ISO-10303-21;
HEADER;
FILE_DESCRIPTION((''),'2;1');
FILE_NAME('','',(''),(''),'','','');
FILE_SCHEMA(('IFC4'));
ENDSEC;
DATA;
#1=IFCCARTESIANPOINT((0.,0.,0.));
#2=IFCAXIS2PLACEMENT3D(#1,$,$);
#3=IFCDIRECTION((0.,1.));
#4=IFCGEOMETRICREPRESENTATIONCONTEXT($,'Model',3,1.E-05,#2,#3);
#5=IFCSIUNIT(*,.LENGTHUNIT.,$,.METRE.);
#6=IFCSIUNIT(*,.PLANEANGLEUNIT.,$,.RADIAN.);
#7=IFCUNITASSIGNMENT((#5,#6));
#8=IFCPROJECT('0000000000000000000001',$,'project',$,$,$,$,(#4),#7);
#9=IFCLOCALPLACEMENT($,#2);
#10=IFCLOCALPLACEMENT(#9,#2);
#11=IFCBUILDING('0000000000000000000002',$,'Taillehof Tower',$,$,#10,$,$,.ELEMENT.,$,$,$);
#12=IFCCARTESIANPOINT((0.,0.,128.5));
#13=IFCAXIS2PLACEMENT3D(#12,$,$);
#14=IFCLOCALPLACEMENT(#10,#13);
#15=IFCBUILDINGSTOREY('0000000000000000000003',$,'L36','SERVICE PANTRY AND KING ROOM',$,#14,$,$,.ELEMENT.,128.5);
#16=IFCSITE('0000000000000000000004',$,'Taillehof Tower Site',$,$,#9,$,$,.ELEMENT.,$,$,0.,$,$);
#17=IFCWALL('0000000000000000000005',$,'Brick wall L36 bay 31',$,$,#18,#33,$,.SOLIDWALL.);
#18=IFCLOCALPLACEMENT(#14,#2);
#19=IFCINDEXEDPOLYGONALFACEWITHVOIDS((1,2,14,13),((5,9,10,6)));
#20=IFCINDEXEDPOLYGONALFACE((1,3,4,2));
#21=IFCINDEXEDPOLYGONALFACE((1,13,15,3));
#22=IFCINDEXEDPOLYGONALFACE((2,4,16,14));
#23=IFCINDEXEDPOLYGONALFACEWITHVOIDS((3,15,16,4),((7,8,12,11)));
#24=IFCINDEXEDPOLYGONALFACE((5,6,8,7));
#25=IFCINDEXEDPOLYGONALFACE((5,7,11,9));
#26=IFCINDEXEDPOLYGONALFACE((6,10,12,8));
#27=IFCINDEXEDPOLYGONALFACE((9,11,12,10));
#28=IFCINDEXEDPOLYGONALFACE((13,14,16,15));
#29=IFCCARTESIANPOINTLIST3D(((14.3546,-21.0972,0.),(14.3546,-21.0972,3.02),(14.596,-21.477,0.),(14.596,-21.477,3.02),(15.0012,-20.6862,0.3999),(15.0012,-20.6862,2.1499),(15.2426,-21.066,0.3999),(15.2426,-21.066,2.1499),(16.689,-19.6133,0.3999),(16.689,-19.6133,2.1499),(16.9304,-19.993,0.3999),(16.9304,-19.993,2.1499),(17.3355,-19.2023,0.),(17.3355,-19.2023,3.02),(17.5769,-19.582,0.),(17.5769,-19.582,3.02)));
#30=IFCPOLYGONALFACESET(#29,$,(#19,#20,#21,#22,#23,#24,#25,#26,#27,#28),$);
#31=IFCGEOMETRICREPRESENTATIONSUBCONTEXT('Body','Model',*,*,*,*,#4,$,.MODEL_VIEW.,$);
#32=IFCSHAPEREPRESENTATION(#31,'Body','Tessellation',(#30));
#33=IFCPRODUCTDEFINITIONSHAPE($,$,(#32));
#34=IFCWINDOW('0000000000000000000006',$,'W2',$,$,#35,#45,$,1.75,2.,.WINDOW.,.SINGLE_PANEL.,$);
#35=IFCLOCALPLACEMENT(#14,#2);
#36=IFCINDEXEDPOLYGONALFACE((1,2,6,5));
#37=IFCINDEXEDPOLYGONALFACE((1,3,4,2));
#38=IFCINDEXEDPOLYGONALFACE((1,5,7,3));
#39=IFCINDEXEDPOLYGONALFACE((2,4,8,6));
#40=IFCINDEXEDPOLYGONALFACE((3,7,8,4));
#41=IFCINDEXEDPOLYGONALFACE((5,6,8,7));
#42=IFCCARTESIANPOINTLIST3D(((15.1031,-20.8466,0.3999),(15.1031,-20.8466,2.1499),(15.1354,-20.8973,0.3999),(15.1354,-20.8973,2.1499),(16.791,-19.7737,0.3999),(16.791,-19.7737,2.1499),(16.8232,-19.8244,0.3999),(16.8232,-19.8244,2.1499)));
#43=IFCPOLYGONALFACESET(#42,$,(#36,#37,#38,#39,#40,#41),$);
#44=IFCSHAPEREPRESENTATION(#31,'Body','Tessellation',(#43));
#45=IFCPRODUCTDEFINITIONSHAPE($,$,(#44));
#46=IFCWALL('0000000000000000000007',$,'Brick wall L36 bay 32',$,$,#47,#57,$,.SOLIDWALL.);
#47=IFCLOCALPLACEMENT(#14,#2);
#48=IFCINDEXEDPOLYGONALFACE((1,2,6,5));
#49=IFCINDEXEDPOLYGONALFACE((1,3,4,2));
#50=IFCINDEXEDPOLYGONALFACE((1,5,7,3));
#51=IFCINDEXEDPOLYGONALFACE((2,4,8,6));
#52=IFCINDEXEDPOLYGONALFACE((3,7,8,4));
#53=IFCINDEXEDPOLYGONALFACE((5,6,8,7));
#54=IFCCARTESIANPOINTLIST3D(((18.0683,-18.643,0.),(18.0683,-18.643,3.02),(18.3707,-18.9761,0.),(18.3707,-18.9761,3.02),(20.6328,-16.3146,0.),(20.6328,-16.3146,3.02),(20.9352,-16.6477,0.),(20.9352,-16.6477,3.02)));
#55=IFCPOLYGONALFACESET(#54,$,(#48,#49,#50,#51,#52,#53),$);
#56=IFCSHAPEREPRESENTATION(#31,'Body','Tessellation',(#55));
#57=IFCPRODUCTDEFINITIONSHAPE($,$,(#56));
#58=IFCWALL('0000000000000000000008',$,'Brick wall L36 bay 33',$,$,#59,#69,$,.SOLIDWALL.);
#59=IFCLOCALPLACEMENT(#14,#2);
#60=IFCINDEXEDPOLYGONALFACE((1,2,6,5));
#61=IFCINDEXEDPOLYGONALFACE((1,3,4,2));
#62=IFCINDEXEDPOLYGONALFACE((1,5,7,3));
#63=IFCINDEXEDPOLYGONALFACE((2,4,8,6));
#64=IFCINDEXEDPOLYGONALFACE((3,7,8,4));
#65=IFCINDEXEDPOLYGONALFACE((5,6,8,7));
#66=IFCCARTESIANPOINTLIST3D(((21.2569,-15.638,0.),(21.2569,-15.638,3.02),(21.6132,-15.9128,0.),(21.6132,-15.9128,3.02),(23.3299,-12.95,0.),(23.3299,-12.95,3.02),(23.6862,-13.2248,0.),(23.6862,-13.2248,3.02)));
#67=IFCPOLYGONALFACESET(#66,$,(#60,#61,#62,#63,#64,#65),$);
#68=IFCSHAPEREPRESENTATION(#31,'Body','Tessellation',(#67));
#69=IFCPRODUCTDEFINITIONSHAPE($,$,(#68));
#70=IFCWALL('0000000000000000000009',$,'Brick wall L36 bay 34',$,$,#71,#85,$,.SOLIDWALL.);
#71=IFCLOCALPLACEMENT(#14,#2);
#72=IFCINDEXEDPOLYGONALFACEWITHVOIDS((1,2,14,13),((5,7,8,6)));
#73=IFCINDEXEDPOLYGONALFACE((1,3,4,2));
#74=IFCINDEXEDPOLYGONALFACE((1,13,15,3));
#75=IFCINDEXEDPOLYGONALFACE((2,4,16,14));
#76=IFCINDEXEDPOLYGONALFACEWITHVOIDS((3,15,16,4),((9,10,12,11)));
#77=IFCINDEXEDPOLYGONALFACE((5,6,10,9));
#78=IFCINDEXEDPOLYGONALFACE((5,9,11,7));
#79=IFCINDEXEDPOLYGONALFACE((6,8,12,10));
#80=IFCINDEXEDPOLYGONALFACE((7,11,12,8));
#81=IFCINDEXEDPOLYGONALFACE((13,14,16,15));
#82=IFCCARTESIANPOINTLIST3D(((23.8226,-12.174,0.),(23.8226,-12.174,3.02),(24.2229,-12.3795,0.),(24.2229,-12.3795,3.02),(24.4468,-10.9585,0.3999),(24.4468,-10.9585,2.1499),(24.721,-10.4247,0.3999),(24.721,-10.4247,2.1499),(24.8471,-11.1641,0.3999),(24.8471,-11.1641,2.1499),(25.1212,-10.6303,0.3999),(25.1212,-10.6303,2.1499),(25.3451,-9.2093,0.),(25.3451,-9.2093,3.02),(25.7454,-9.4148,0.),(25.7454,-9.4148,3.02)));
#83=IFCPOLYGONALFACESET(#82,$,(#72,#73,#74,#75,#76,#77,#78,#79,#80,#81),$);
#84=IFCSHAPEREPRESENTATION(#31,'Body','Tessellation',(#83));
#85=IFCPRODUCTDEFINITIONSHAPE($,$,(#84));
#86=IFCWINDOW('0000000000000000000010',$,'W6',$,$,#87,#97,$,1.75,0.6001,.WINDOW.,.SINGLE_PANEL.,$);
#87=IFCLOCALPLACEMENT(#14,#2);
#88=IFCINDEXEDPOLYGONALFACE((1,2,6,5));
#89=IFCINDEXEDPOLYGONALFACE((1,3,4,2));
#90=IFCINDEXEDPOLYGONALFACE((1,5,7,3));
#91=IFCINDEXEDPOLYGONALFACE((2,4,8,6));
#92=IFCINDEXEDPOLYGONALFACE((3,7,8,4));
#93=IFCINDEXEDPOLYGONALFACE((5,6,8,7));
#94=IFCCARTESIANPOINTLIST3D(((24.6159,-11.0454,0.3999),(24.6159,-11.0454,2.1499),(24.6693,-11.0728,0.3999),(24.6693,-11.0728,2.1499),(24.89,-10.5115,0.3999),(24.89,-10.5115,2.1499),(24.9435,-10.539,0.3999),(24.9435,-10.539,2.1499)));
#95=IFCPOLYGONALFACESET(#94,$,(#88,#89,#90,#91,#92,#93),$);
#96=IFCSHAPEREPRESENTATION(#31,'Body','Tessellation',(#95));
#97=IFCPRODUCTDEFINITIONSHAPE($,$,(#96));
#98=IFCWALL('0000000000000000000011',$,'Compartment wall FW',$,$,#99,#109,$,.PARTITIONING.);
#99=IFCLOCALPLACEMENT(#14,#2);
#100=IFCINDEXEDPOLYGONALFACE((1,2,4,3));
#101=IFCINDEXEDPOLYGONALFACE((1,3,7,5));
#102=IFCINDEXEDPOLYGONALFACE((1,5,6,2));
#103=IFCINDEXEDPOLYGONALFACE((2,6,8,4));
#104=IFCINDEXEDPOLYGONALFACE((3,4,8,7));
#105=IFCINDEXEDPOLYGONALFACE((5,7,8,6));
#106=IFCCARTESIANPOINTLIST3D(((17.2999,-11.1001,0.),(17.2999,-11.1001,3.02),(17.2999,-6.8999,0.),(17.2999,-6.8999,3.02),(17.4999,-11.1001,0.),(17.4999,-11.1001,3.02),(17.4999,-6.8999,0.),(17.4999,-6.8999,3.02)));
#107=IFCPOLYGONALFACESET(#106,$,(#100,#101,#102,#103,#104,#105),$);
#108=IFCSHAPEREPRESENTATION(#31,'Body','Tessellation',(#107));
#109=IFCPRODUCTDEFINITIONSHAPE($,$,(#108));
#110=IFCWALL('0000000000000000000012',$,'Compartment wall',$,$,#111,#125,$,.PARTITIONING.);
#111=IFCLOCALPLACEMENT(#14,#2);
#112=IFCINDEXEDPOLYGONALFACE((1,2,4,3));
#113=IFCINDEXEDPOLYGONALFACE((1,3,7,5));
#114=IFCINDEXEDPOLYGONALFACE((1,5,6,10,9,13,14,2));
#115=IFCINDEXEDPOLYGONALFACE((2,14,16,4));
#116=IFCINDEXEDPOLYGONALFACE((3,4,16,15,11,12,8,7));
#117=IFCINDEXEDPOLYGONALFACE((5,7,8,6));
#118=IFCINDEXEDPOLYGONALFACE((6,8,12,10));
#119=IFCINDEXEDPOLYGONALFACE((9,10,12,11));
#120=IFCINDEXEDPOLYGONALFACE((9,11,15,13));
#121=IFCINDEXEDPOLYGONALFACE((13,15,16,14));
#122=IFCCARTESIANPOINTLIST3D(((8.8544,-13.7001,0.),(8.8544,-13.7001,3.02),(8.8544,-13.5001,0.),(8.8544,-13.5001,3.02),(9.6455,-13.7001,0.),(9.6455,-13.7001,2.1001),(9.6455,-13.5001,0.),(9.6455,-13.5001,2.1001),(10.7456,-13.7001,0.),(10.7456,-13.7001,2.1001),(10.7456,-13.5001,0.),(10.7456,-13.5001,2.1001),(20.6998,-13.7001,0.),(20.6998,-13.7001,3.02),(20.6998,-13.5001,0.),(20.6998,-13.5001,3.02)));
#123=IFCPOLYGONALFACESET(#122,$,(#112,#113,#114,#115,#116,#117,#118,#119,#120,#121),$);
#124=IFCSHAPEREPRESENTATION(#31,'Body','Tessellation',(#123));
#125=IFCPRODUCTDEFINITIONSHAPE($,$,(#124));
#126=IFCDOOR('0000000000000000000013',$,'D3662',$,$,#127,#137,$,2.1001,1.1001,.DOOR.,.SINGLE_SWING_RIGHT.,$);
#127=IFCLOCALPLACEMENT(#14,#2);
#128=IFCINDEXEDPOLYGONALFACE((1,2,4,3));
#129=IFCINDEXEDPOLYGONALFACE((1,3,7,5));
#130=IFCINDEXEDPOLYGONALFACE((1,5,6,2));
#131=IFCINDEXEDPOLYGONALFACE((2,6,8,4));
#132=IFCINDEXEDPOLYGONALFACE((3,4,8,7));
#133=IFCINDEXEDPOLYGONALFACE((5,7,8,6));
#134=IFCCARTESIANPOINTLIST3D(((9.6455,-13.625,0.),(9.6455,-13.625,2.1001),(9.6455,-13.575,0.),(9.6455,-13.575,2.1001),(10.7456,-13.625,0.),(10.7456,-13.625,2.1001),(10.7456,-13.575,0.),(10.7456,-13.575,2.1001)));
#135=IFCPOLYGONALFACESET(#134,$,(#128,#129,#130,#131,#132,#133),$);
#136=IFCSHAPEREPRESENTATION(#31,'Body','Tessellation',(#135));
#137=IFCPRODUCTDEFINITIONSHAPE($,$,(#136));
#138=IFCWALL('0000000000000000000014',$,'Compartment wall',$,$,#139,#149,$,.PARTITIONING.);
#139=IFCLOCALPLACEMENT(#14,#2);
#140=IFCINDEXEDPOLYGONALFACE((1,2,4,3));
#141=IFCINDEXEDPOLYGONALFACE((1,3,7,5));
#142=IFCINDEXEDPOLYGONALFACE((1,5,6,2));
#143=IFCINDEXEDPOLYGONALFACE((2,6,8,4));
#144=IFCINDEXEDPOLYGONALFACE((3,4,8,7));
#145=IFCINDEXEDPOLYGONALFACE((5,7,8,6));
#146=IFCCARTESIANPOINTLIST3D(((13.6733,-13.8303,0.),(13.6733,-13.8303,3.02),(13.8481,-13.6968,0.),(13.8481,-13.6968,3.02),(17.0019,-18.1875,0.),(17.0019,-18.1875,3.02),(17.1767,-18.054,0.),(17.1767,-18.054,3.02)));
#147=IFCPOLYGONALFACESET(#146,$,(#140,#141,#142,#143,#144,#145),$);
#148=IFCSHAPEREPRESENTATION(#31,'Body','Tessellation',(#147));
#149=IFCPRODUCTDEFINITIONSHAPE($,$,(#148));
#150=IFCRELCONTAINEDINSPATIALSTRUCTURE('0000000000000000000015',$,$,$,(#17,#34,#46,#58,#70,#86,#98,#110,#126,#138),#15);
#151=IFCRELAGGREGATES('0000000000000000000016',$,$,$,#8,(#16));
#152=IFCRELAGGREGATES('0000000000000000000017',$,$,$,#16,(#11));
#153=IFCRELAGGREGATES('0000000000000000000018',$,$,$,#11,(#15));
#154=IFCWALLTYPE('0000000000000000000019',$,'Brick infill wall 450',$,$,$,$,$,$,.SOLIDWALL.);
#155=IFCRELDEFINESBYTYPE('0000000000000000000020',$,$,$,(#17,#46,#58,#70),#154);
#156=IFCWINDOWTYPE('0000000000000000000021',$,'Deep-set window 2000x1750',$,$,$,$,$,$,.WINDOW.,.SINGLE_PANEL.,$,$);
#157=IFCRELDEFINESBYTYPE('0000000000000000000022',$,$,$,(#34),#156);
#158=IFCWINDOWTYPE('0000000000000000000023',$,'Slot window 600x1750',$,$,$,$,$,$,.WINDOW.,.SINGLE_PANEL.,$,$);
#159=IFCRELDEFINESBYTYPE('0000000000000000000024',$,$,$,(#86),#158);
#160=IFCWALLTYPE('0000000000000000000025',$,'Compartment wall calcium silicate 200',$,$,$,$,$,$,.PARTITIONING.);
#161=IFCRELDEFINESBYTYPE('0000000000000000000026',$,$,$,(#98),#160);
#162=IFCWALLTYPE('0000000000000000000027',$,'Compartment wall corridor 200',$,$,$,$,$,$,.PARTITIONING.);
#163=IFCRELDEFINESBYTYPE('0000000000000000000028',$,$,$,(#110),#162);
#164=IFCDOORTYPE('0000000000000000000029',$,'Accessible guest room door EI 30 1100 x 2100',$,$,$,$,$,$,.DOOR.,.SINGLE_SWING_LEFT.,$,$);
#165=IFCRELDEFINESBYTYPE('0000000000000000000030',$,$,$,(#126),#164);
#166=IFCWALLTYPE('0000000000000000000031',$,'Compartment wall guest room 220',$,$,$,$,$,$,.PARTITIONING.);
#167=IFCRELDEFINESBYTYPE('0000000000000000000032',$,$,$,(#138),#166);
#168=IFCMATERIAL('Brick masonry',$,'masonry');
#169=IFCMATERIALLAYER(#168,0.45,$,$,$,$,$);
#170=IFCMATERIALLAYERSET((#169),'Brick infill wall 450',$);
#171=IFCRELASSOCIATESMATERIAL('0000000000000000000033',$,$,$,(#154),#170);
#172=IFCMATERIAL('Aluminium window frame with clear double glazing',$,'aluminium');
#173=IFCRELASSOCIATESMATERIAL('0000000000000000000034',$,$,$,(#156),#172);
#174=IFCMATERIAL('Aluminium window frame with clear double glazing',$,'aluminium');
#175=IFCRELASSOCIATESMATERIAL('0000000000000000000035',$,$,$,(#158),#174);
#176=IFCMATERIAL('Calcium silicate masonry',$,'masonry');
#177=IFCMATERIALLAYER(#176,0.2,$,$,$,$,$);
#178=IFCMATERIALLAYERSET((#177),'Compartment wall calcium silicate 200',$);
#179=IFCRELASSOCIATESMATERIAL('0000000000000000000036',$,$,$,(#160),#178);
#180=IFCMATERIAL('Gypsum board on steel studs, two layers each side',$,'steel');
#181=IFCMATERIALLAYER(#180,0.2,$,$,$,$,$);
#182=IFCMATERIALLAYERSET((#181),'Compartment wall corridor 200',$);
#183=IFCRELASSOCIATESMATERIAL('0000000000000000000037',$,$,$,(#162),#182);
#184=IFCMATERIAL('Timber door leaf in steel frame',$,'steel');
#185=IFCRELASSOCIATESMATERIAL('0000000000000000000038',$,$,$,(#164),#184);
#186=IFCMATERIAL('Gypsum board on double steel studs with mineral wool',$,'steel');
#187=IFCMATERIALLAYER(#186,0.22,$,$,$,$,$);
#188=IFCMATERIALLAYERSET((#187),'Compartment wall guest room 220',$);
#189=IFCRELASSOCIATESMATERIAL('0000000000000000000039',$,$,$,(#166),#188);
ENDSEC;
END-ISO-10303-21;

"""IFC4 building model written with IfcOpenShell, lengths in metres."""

from ifc_helpers import new_model, si_unit, direction, frame, frame_2d, origin, place, context, subcontext, project, spatial, rectangle, extrude, material, layer, layer_set, type_object, element, fill, save


model = new_model("IFC4")

# Units and contexts
model_context = context("Model", 3, precision=1e-05, world=origin(), true_north=direction((0.0, 1.0)))
body_context = subcontext(model_context, "Body", "Model", "MODEL_VIEW")
ifc_project = project(units=[si_unit("LENGTHUNIT", "METRE"), si_unit("PLANEANGLEUNIT", "RADIAN")], contexts=[model_context])

# Site, building, storey
site_placement = place(None, origin())
site = spatial("IfcSite", under=ifc_project, at=site_placement, Name="Taillehof Tower Site", CompositionType="ELEMENT", RefElevation=0.0)
building_placement = place(site_placement, origin())
building = spatial("IfcBuilding", under=site, at=building_placement, Name="Taillehof Tower", CompositionType="ELEMENT")
storey_placement = place(building_placement, frame((0.0, 0.0, 128.5)))
storey = spatial("IfcBuildingStorey", under=building, at=storey_placement, Name="L36", Description="SERVICE PANTRY AND KING ROOM", CompositionType="ELEMENT", Elevation=128.5)

# Wall, opening, window
ifc_material_1 = material(Name="Brick masonry", Category="masonry")
ifc_layer_1 = layer(ifc_material_1, 0.45)
ifc_layer_set_1 = layer_set([ifc_layer_1], Name="Brick infill wall 450")
wall_type_1 = type_object("IfcWallType", Name="Brick infill wall 450", PredefinedType="SOLIDWALL", material=ifc_layer_set_1)
ifc_material_2 = material(Name="Aluminium window frame with clear double glazing", Category="aluminium")
window_type_1 = type_object("IfcWindowType", Name="Deep-set window 2000x1750", PartitioningType="SINGLE_PANEL", PredefinedType="WINDOW", material=ifc_material_2)
wall_1_placement = place(storey_placement, frame((14.4753, -21.2871, 0.0), z_axis=(0.0, 0.0, 1.0), x_axis=(0.843912, 0.536482, 0.0)))
wall_1 = element("IfcWall", 1, at=wall_1_placement, inside=storey, type_object=wall_type_1, Name="Brick wall L36 bay 31", PredefinedType="SOLIDWALL", context=body_context, shape_type="SweptSolid", body=[
    extrude(rectangle(XDim=3.5322, YDim=0.45, at=frame_2d((1.7661, 0.0))), origin(), (0.0, 0.0, 1.0), 3.02),
])
opening_1_placement = place(wall_1_placement, frame((0.7661, 0.0, 0.3999)))
opening_1 = element("IfcOpeningElement", 2, at=opening_1_placement, cuts=wall_1, PredefinedType="OPENING", context=body_context, shape_type="SweptSolid", body=[
    extrude(rectangle(XDim=2.0, YDim=1.75, at=frame_2d((1.0, 0.875))), frame((0.0, 0.2349, 0.0), z_axis=(0.0, -1.0, 0.0), x_axis=(1.0, 0.0, 0.0)), (0.0, 0.0, 1.0), 0.47),
])
window_1_placement = place(opening_1_placement, origin())
window_1 = element("IfcWindow", 3, at=window_1_placement, inside=storey, type_object=window_type_1, Name="W2", OverallHeight=1.75, OverallWidth=2.0, PartitioningType="SINGLE_PANEL", PredefinedType="WINDOW", context=body_context, shape_type="SweptSolid", body=[
    extrude(rectangle(XDim=2.0, YDim=1.75, at=frame_2d((1.0, 0.875))), frame((0.0, 0.0349, 0.0), z_axis=(0.0, -1.0, 0.0), x_axis=(1.0, 0.0, 0.0)), (0.0, 0.0, 1.0), 0.0601),
])
fill(opening_1, window_1)

# Walls
wall_2_placement = place(storey_placement, frame((18.2195, -18.8096, 0.0), z_axis=(0.0, 0.0, 1.0), x_axis=(0.740364, 0.672206, 0.0)))
element("IfcWall", 4, at=wall_2_placement, inside=storey, type_object=wall_type_1, Name="Brick wall L36 bay 32", PredefinedType="SOLIDWALL", context=body_context, shape_type="SweptSolid", body=[
    extrude(rectangle(XDim=3.4639, YDim=0.45, at=frame_2d((1.7319, 0.0))), origin(), (0.0, 0.0, 1.0), 3.02),
])
wall_3_placement = place(storey_placement, frame((21.4351, -15.7754, 0.0), z_axis=(0.0, 0.0, 1.0), x_axis=(0.610694, 0.791867, 0.0)))
element("IfcWall", 5, at=wall_3_placement, inside=storey, type_object=wall_type_1, Name="Brick wall L36 bay 33", PredefinedType="SOLIDWALL", context=body_context, shape_type="SweptSolid", body=[
    extrude(rectangle(XDim=3.3945, YDim=0.45, at=frame_2d((1.6973, 0.0))), origin(), (0.0, 0.0, 1.0), 3.02),
])

# Wall, opening, window
wall_4_placement = place(storey_placement, frame((24.0227, -12.2769, 0.0), z_axis=(0.0, 0.0, 1.0), x_axis=(0.456828, 0.889555, 0.0)))
wall_4 = element("IfcWall", 6, at=wall_4_placement, inside=storey, type_object=wall_type_1, Name="Brick wall L36 bay 34", PredefinedType="SOLIDWALL", context=body_context, shape_type="SweptSolid", body=[
    extrude(rectangle(XDim=3.3328, YDim=0.45, at=frame_2d((1.6665, 0.0))), origin(), (0.0, 0.0, 1.0), 3.02),
])
opening_2_placement = place(wall_4_placement, frame((1.3665, 0.0, 0.3999)))
opening_2 = element("IfcOpeningElement", 7, at=opening_2_placement, cuts=wall_4, PredefinedType="OPENING", context=body_context, shape_type="SweptSolid", body=[
    extrude(rectangle(XDim=0.6001, YDim=1.75, at=frame_2d((0.3, 0.875))), frame((0.0, 0.2349, 0.0), z_axis=(0.0, -1.0, 0.0), x_axis=(1.0, 0.0, 0.0)), (0.0, 0.0, 1.0), 0.47),
])
ifc_material_3 = material(Name="Aluminium window frame with clear double glazing", Category="aluminium")
window_type_2 = type_object("IfcWindowType", Name="Slot window 600x1750", PartitioningType="SINGLE_PANEL", PredefinedType="WINDOW", material=ifc_material_3)
window_2_placement = place(opening_2_placement, origin())
window_2 = element("IfcWindow", 8, at=window_2_placement, inside=storey, type_object=window_type_2, Name="W6", OverallHeight=1.75, OverallWidth=0.6001, PartitioningType="SINGLE_PANEL", PredefinedType="WINDOW", context=body_context, shape_type="SweptSolid", body=[
    extrude(rectangle(XDim=0.6001, YDim=1.75, at=frame_2d((0.3, 0.875))), frame((0.0, 0.0349, 0.0), z_axis=(0.0, -1.0, 0.0), x_axis=(1.0, 0.0, 0.0)), (0.0, 0.0, 1.0), 0.0601),
])
fill(opening_2, window_2)

# Wall
ifc_material_4 = material(Name="Calcium silicate masonry", Category="masonry")
ifc_layer_2 = layer(ifc_material_4, 0.2)
ifc_layer_set_2 = layer_set([ifc_layer_2], Name="Compartment wall calcium silicate 200")
wall_type_2 = type_object("IfcWallType", Name="Compartment wall calcium silicate 200", PredefinedType="PARTITIONING", material=ifc_layer_set_2)
wall_5_placement = place(storey_placement, frame((17.3999, -11.1001, 0.0), z_axis=(0.0, 0.0, 1.0), x_axis=(0.0, 1.0, 0.0)))
element("IfcWall", 9, at=wall_5_placement, inside=storey, type_object=wall_type_2, Name="Compartment wall FW", PredefinedType="PARTITIONING", context=body_context, shape_type="SweptSolid", body=[
    extrude(rectangle(XDim=4.2002, YDim=0.2, at=frame_2d((2.1001, 0.0))), origin(), (0.0, 0.0, 1.0), 3.02),
])

# Wall, opening, door
ifc_material_5 = material(Name="Gypsum board on steel studs, two layers each side", Category="steel")
ifc_layer_3 = layer(ifc_material_5, 0.2)
ifc_layer_set_3 = layer_set([ifc_layer_3], Name="Compartment wall corridor 200")
wall_type_3 = type_object("IfcWallType", Name="Compartment wall corridor 200", PredefinedType="PARTITIONING", material=ifc_layer_set_3)
wall_6_placement = place(storey_placement, frame((20.7, -13.6001, 0.0), z_axis=(0.0, 0.0, 1.0), x_axis=(-1.0, 0.0, 0.0)))
wall_6 = element("IfcWall", 10, at=wall_6_placement, inside=storey, type_object=wall_type_3, Name="Compartment wall", PredefinedType="PARTITIONING", context=body_context, shape_type="SweptSolid", body=[
    extrude(rectangle(XDim=11.8455, YDim=0.2, at=frame_2d((5.9229, 0.0))), origin(), (0.0, 0.0, 1.0), 3.02),
])
opening_3_placement = place(wall_6_placement, frame((9.9543, 0.0, 0.0)))
opening_3 = element("IfcOpeningElement", 11, at=opening_3_placement, cuts=wall_6, PredefinedType="OPENING", context=body_context, shape_type="SweptSolid", body=[
    extrude(rectangle(XDim=1.1001, YDim=2.1001, at=frame_2d((0.55, 1.05))), frame((0.0, 0.1099, 0.0), z_axis=(0.0, -1.0, 0.0), x_axis=(1.0, 0.0, 0.0)), (0.0, 0.0, 1.0), 0.22),
])
ifc_material_6 = material(Name="Timber door leaf in steel frame", Category="steel")
door_type_1 = type_object("IfcDoorType", Name="Accessible guest room door EI 30 1100 x 2100", OperationType="SINGLE_SWING_LEFT", PredefinedType="DOOR", material=ifc_material_6)
door_1_placement = place(opening_3_placement, origin())
door_1 = element("IfcDoor", 12, at=door_1_placement, inside=storey, type_object=door_type_1, Name="D3662", OperationType="SINGLE_SWING_RIGHT", OverallHeight=2.1001, OverallWidth=1.1001, PredefinedType="DOOR", context=body_context, shape_type="SweptSolid", body=[
    extrude(rectangle(XDim=1.1001, YDim=2.1001, at=frame_2d((0.55, 1.05))), frame((0.0, 0.0249, 0.0), z_axis=(0.0, -1.0, 0.0), x_axis=(1.0, 0.0, 0.0)), (0.0, 0.0, 1.0), 0.05),
])
fill(opening_3, door_1)

# Wall
ifc_material_7 = material(Name="Gypsum board on double steel studs with mineral wool", Category="steel")
ifc_layer_4 = layer(ifc_material_7, 0.22)
ifc_layer_set_4 = layer_set([ifc_layer_4], Name="Compartment wall guest room 220")
wall_type_4 = type_object("IfcWallType", Name="Compartment wall guest room 220", PredefinedType="PARTITIONING", material=ifc_layer_set_4)
wall_7_placement = place(storey_placement, frame((17.0894, -18.1208, 0.0), z_axis=(0.0, 0.0, 1.0), x_axis=(-0.607065, 0.794652, 0.0)))
element("IfcWall", 13, at=wall_7_placement, inside=storey, type_object=wall_type_4, Name="Compartment wall", PredefinedType="PARTITIONING", context=body_context, shape_type="SweptSolid", body=[
    extrude(rectangle(XDim=5.4832, YDim=0.22, at=frame_2d((2.7417, 0.0))), origin(), (0.0, 0.0, 1.0), 3.02),
])

save(model, "model.ifc")
